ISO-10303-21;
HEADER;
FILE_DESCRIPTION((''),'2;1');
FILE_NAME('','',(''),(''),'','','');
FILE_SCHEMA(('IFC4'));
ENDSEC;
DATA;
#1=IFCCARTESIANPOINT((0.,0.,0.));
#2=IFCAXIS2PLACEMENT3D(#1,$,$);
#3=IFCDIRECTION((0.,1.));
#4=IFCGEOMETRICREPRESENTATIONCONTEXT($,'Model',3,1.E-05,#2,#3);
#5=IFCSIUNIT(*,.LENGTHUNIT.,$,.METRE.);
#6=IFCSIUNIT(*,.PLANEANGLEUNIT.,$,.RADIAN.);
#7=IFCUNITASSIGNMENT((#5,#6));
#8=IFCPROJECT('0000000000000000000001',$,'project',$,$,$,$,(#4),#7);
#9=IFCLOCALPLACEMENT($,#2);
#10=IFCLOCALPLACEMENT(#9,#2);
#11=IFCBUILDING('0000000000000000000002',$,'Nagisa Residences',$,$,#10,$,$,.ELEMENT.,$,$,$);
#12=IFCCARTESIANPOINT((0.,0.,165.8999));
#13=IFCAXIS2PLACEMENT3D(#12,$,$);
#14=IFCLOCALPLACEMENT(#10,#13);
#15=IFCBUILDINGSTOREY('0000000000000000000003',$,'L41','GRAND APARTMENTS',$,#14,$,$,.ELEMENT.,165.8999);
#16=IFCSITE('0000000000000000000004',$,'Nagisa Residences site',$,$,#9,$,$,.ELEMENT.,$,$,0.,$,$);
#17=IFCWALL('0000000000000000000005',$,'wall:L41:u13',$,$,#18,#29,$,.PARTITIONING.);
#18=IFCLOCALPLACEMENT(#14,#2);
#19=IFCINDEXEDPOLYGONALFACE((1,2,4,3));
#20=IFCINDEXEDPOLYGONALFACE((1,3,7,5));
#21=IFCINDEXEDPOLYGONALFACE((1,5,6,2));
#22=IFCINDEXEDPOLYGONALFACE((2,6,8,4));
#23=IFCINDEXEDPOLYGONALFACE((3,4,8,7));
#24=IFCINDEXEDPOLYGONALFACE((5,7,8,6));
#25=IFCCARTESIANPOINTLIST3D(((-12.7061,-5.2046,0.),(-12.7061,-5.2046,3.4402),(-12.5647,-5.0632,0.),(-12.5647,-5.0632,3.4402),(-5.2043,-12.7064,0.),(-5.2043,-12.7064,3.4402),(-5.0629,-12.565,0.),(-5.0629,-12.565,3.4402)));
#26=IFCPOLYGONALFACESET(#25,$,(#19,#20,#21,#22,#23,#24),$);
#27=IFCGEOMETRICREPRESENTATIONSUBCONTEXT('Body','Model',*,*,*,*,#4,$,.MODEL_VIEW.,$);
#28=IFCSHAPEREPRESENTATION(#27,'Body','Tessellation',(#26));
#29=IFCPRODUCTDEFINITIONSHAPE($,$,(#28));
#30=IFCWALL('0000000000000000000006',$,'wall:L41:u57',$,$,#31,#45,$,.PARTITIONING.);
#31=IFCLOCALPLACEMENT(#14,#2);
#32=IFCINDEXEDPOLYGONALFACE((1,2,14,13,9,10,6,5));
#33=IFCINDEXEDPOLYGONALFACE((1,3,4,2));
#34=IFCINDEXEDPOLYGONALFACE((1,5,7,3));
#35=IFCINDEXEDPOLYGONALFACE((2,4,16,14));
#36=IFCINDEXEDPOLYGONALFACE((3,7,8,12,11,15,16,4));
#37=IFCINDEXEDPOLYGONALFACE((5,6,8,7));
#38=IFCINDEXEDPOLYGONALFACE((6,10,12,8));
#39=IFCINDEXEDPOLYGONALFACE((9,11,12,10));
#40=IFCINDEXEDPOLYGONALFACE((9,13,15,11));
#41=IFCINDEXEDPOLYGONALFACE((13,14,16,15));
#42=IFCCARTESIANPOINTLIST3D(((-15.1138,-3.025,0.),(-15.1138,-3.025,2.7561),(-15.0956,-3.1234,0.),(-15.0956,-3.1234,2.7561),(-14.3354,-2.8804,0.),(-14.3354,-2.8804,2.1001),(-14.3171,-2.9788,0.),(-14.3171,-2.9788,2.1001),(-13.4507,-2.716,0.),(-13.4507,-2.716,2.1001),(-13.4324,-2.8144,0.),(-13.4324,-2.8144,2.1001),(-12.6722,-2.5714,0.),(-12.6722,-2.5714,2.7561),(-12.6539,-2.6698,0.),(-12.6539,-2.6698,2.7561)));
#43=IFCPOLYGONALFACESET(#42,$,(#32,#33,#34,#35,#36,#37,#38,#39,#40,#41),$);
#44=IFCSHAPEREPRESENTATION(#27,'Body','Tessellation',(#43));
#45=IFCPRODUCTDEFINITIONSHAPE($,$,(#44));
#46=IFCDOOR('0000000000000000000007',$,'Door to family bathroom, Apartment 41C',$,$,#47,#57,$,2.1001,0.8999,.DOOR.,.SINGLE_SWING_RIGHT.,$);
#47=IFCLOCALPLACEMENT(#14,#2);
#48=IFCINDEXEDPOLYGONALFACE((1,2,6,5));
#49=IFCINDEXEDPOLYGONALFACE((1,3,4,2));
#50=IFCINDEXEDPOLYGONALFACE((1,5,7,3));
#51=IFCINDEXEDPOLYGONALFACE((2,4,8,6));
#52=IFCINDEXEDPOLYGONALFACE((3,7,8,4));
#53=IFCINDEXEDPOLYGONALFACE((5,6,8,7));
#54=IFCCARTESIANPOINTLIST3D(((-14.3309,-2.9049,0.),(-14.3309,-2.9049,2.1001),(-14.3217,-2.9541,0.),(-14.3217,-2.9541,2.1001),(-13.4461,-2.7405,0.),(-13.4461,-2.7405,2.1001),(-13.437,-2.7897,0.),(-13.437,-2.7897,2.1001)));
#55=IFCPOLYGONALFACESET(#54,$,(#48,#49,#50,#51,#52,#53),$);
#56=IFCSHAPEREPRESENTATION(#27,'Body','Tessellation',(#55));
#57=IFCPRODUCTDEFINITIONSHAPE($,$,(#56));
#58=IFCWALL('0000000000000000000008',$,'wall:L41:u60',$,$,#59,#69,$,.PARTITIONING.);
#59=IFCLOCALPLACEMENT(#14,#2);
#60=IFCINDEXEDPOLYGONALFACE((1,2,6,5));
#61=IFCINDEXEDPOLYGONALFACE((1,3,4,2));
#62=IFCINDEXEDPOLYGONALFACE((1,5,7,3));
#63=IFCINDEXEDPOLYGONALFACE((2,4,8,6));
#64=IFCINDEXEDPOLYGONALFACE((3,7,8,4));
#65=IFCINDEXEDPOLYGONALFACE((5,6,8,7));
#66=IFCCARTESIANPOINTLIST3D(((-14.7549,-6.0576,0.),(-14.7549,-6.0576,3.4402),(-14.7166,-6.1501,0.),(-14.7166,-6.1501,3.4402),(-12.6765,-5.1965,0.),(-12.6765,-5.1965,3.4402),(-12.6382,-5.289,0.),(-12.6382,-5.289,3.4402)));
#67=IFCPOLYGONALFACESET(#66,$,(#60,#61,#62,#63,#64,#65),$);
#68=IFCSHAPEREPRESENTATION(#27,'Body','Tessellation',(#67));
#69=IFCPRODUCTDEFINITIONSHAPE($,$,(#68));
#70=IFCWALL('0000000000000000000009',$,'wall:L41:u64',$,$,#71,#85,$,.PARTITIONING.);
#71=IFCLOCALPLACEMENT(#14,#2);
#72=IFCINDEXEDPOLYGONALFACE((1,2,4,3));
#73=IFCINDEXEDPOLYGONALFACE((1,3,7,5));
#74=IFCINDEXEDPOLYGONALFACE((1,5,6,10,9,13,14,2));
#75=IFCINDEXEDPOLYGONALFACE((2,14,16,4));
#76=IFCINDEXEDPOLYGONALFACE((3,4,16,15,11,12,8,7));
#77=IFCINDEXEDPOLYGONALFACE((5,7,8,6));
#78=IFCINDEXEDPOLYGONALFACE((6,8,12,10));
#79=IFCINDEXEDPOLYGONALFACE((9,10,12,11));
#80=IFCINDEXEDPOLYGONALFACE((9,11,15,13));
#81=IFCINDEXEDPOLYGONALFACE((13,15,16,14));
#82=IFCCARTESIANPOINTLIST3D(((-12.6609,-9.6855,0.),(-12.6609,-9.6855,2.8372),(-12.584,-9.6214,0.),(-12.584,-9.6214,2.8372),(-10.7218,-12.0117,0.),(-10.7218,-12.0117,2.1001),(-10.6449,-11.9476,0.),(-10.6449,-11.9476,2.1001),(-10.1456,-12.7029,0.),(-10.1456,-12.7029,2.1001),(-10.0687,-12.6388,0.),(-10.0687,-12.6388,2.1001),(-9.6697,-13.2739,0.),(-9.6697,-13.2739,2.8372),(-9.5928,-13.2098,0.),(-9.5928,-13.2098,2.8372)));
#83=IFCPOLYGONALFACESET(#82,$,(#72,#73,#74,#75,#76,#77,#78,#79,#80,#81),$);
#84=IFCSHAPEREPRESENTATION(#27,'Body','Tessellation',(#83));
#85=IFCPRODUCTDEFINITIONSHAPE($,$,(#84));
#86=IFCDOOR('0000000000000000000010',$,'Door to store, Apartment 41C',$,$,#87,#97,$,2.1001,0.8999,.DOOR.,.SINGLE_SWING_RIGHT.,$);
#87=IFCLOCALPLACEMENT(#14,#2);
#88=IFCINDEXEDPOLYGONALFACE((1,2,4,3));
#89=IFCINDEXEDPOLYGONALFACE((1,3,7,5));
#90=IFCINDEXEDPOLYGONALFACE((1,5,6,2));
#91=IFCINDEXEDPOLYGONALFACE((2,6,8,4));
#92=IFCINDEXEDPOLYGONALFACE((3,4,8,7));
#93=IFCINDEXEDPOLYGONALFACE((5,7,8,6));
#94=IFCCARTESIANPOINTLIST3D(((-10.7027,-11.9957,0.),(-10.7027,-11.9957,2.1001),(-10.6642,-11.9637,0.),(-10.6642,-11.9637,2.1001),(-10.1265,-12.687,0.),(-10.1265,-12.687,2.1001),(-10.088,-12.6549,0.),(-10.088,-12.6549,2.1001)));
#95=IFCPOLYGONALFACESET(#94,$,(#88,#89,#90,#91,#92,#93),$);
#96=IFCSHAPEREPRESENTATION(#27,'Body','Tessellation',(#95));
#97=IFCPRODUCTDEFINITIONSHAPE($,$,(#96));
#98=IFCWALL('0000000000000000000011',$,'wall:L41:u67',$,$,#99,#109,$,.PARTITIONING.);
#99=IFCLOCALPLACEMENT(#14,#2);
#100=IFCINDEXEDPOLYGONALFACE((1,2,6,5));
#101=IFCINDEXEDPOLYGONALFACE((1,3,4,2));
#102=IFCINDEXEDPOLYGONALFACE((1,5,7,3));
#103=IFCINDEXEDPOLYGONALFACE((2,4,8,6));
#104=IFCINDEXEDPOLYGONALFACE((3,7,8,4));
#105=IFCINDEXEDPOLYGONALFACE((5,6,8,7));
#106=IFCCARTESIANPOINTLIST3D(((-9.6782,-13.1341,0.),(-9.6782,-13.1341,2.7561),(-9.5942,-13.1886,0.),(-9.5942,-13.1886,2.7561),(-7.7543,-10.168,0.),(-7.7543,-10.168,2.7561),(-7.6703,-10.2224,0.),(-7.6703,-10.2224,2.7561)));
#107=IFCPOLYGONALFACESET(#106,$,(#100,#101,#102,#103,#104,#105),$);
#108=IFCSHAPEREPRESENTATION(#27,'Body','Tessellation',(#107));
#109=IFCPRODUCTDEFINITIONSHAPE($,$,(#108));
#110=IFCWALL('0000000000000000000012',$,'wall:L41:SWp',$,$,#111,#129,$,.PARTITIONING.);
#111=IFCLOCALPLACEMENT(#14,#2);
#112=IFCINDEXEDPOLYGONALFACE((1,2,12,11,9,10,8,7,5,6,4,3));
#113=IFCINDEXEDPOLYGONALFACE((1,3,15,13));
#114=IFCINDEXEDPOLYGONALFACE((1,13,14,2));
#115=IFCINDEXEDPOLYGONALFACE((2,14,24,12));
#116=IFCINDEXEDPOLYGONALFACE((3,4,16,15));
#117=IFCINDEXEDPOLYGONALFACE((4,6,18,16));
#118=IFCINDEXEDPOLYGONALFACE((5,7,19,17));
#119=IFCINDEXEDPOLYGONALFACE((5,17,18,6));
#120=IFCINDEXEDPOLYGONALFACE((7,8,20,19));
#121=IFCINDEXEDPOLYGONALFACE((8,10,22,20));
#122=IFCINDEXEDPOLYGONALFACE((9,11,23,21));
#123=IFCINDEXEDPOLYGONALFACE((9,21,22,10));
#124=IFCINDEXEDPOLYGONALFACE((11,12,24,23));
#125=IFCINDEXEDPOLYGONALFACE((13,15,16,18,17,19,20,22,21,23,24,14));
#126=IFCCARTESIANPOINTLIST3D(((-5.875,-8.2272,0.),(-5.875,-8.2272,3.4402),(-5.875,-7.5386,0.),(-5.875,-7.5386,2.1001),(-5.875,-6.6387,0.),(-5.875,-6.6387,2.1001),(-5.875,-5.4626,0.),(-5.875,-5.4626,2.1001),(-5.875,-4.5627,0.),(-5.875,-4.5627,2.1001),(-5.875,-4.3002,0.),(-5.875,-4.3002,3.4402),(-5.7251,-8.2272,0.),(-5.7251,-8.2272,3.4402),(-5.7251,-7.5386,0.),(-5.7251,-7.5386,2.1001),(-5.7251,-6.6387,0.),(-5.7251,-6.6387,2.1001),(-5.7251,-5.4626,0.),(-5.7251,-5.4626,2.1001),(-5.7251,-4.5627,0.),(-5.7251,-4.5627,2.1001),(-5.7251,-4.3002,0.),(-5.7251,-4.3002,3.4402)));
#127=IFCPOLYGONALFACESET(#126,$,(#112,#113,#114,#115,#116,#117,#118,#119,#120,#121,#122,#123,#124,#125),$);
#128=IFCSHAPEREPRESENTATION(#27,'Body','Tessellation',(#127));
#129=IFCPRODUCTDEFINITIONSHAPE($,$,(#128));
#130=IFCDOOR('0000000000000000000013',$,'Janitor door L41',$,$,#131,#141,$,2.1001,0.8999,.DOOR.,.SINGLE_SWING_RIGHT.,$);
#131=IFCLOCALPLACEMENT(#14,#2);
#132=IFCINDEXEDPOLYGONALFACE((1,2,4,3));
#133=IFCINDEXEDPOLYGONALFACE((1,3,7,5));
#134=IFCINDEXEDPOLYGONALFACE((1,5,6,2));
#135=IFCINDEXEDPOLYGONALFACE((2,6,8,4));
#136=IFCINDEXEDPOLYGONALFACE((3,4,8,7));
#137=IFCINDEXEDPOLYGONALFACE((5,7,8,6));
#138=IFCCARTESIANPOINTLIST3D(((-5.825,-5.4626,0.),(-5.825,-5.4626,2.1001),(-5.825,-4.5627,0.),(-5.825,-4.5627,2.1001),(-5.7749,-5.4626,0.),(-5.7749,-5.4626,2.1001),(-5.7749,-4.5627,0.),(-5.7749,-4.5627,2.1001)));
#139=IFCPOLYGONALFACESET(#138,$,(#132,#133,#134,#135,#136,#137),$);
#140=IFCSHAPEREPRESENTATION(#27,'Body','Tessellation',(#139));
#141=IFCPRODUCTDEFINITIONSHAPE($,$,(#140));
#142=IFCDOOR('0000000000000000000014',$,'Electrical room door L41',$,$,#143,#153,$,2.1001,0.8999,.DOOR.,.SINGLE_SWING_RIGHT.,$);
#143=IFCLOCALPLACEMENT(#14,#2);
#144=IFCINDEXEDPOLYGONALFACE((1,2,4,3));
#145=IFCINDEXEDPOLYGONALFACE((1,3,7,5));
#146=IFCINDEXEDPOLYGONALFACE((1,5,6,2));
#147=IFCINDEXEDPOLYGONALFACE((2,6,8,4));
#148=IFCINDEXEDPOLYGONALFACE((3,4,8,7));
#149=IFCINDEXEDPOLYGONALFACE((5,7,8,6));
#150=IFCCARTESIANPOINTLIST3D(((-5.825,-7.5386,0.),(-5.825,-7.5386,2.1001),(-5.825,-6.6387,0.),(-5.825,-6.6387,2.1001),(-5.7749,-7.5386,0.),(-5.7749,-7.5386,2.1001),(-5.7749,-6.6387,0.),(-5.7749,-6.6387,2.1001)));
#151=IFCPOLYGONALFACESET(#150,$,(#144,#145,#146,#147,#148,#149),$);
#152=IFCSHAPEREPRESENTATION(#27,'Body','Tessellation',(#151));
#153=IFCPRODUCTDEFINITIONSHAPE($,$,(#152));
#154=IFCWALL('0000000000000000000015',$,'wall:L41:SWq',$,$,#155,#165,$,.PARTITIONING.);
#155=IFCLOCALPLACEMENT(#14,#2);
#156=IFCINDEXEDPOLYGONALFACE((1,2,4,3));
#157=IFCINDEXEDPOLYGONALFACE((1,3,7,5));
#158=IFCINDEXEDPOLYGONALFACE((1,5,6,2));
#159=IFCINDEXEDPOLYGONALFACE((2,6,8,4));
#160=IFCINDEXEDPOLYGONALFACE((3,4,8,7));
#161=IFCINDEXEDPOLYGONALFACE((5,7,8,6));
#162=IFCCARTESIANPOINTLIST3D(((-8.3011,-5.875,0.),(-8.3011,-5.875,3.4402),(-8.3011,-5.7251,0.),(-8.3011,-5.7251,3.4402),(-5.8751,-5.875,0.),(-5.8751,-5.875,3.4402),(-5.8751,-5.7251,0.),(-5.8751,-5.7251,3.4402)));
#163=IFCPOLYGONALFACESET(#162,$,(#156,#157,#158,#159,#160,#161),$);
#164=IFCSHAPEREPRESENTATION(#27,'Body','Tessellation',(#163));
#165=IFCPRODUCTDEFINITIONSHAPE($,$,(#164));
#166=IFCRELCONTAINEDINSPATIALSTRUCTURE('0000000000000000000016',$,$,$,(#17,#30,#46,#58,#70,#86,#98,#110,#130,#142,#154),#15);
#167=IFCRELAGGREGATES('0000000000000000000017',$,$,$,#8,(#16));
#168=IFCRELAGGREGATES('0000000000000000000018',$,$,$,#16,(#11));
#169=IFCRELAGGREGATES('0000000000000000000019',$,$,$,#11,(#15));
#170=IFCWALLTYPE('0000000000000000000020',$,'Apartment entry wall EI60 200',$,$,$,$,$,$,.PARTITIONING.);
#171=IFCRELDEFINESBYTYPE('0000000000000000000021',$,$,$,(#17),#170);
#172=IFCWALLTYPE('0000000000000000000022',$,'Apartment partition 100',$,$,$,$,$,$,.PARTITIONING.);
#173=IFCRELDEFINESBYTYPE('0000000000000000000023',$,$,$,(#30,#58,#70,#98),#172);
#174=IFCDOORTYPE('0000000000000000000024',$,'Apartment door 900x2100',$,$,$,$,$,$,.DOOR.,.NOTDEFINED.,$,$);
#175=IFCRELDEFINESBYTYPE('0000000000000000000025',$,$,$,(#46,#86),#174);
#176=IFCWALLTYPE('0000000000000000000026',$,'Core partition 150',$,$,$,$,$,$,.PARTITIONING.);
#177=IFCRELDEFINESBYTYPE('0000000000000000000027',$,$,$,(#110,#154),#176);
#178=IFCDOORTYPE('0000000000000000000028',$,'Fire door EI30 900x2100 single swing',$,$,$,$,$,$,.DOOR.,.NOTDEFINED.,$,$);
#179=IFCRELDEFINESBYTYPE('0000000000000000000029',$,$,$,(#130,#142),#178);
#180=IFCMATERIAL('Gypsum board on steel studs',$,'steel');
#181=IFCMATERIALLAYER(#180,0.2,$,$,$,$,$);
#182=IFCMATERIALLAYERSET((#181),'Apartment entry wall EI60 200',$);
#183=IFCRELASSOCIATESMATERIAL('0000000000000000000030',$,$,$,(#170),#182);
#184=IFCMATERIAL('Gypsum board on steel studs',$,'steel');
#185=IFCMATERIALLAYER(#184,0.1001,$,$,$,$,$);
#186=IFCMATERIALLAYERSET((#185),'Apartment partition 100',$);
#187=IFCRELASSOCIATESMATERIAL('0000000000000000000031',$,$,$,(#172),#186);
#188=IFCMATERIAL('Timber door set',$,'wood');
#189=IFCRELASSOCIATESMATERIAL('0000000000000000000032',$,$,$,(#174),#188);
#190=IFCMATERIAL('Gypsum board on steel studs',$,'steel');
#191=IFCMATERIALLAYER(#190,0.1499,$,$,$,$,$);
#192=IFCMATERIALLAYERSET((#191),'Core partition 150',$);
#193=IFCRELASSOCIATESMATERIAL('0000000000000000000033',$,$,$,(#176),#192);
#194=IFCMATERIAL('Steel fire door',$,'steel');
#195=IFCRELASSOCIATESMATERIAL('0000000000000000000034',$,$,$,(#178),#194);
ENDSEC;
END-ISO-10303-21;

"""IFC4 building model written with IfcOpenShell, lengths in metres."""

from ifc_helpers import new_model, si_unit, direction, frame, frame_2d, origin, place, context, subcontext, project, spatial, rectangle, extrude, material, layer, layer_set, type_object, element, fill, save


model = new_model("IFC4")

# Units and contexts
model_context = context("Model", 3, precision=1e-05, world=origin(), true_north=direction((0.0, 1.0)))
body_context = subcontext(model_context, "Body", "Model", "MODEL_VIEW")
ifc_project = project(units=[si_unit("LENGTHUNIT", "METRE"), si_unit("PLANEANGLEUNIT", "RADIAN")], contexts=[model_context])

# Site, building, storey
site_placement = place(None, origin())
site = spatial("IfcSite", under=ifc_project, at=site_placement, Name="Nagisa Residences site", CompositionType="ELEMENT", RefElevation=0.0)
building_placement = place(site_placement, origin())
building = spatial("IfcBuilding", under=site, at=building_placement, Name="Nagisa Residences", CompositionType="ELEMENT")
storey_placement = place(building_placement, frame((0.0, 0.0, 165.8999)))
storey = spatial("IfcBuildingStorey", under=building, at=storey_placement, Name="L41", Description="GRAND APARTMENTS", CompositionType="ELEMENT", Elevation=165.8999)

# Wall
ifc_material_1 = material(Name="Gypsum board on steel studs", Category="steel")
ifc_layer_1 = layer(ifc_material_1, 0.2)
ifc_layer_set_1 = layer_set([ifc_layer_1], Name="Apartment entry wall EI60 200")
wall_type_1 = type_object("IfcWallType", Name="Apartment entry wall EI60 200", PredefinedType="PARTITIONING", material=ifc_layer_set_1)
wall_1_placement = place(storey_placement, frame((-12.6355, -5.1338, 0.0), z_axis=(0.0, 0.0, 1.0), x_axis=(0.707107, -0.707107, 0.0)))
element("IfcWall", 1, at=wall_1_placement, inside=storey, type_object=wall_type_1, Name="wall:L41:u13", PredefinedType="PARTITIONING", context=body_context, shape_type="SweptSolid", body=[
    extrude(rectangle(XDim=10.6091, YDim=0.2, at=frame_2d((5.3047, 0.0))), origin(), (0.0, 0.0, 1.0), 3.4402),
])

# Wall, opening, door
ifc_material_2 = material(Name="Gypsum board on steel studs", Category="steel")
ifc_layer_2 = layer(ifc_material_2, 0.1001)
ifc_layer_set_2 = layer_set([ifc_layer_2], Name="Apartment partition 100")
wall_type_2 = type_object("IfcWallType", Name="Apartment partition 100", PredefinedType="PARTITIONING", material=ifc_layer_set_2)
wall_2_placement = place(storey_placement, frame((-12.6631, -2.6206, 0.0), z_axis=(0.0, 0.0, 1.0), x_axis=(-0.983177, -0.182656, 0.0)))
wall_2 = element("IfcWall", 2, at=wall_2_placement, inside=storey, type_object=wall_type_2, Name="wall:L41:u57", PredefinedType="PARTITIONING", context=body_context, shape_type="SweptSolid", body=[
    extrude(rectangle(XDim=2.4834, YDim=0.1001, at=frame_2d((1.2417, 0.0))), origin(), (0.0, 0.0, 1.0), 2.7561),
])
opening_1_placement = place(wall_2_placement, frame((0.7917, 0.0, 0.0)))
opening_1 = element("IfcOpeningElement", 3, at=opening_1_placement, cuts=wall_2, PredefinedType="OPENING", context=body_context, shape_type="SweptSolid", body=[
    extrude(rectangle(XDim=0.8999, YDim=2.1001, at=frame_2d((0.45, 1.05))), frame((0.0, 0.0601, 0.0), z_axis=(0.0, -1.0, 0.0), x_axis=(1.0, 0.0, 0.0)), (0.0, 0.0, 1.0), 0.1201),
])
ifc_material_3 = material(Name="Timber door set", Category="wood")
door_type_1 = type_object("IfcDoorType", Name="Apartment door 900x2100", OperationType="NOTDEFINED", PredefinedType="DOOR", material=ifc_material_3)
door_1_placement = place(opening_1_placement, origin())
door_1 = element("IfcDoor", 4, at=door_1_placement, inside=storey, type_object=door_type_1, Name="Door to family bathroom, Apartment 41C", OperationType="SINGLE_SWING_RIGHT", OverallHeight=2.1001, OverallWidth=0.8999, PredefinedType="DOOR", context=body_context, shape_type="SweptSolid", body=[
    extrude(rectangle(XDim=0.8999, YDim=2.1001, at=frame_2d((0.45, 1.05))), frame((0.0, 0.0249, 0.0), z_axis=(0.0, -1.0, 0.0), x_axis=(1.0, 0.0, 0.0)), (0.0, 0.0, 1.0), 0.05),
])
fill(opening_1, door_1)

# Wall
wall_3_placement = place(storey_placement, frame((-12.6572, -5.2427, 0.0), z_axis=(0.0, 0.0, 1.0), x_axis=(-0.923849, -0.382758, 0.0)))
element("IfcWall", 5, at=wall_3_placement, inside=storey, type_object=wall_type_2, Name="wall:L41:u60", PredefinedType="PARTITIONING", context=body_context, shape_type="SweptSolid", body=[
    extrude(rectangle(XDim=2.2498, YDim=0.1001, at=frame_2d((1.125, 0.0))), origin(), (0.0, 0.0, 1.0), 3.4402),
])

# Wall, opening, door
wall_4_placement = place(storey_placement, frame((-12.6226, -9.6533, 0.0), z_axis=(0.0, 0.0, 1.0), x_axis=(0.640297, -0.768127, 0.0)))
wall_4 = element("IfcWall", 6, at=wall_4_placement, inside=storey, type_object=wall_type_2, Name="wall:L41:u64", PredefinedType="PARTITIONING", context=body_context, shape_type="SweptSolid", body=[
    extrude(rectangle(XDim=4.6716, YDim=0.1001, at=frame_2d((2.3359, 0.0))), origin(), (0.0, 0.0, 1.0), 2.8372),
])
opening_2_placement = place(wall_4_placement, frame((3.0286, 0.0, 0.0)))
opening_2 = element("IfcOpeningElement", 7, at=opening_2_placement, cuts=wall_4, PredefinedType="OPENING", context=body_context, shape_type="SweptSolid", body=[
    extrude(rectangle(XDim=0.8999, YDim=2.1001, at=frame_2d((0.45, 1.05))), frame((0.0, 0.0601, 0.0), z_axis=(0.0, -1.0, 0.0), x_axis=(1.0, 0.0, 0.0)), (0.0, 0.0, 1.0), 0.1201),
])
door_2_placement = place(opening_2_placement, origin())
door_2 = element("IfcDoor", 8, at=door_2_placement, inside=storey, type_object=door_type_1, Name="Door to store, Apartment 41C", OperationType="SINGLE_SWING_RIGHT", OverallHeight=2.1001, OverallWidth=0.8999, PredefinedType="DOOR", context=body_context, shape_type="SweptSolid", body=[
    extrude(rectangle(XDim=0.8999, YDim=2.1001, at=frame_2d((0.45, 1.05))), frame((0.0, 0.0249, 0.0), z_axis=(0.0, -1.0, 0.0), x_axis=(1.0, 0.0, 0.0)), (0.0, 0.0, 1.0), 0.05),
])
fill(opening_2, door_2)

# Wall
wall_5_placement = place(storey_placement, frame((-7.7124, -10.1953, 0.0), z_axis=(0.0, 0.0, 1.0), x_axis=(-0.54417, -0.838975, 0.0)))
element("IfcWall", 9, at=wall_5_placement, inside=storey, type_object=wall_type_2, Name="wall:L41:u67", PredefinedType="PARTITIONING", context=body_context, shape_type="SweptSolid", body=[
    extrude(rectangle(XDim=3.5354, YDim=0.1001, at=frame_2d((1.7676, 0.0))), origin(), (0.0, 0.0, 1.0), 2.7561),
])

# Wall, openings, doors
ifc_material_4 = material(Name="Gypsum board on steel studs", Category="steel")
ifc_layer_3 = layer(ifc_material_4, 0.1499)
ifc_layer_set_3 = layer_set([ifc_layer_3], Name="Core partition 150")
wall_type_3 = type_object("IfcWallType", Name="Core partition 150", PredefinedType="PARTITIONING", material=ifc_layer_set_3)
wall_6_placement = place(storey_placement, frame((-5.8, -8.2271, 0.0), z_axis=(0.0, 0.0, 1.0), x_axis=(0.0, 1.0, 0.0)))
wall_6 = element("IfcWall", 10, at=wall_6_placement, inside=storey, type_object=wall_type_3, Name="wall:L41:SWp", PredefinedType="PARTITIONING", context=body_context, shape_type="SweptSolid", body=[
    extrude(rectangle(XDim=3.927, YDim=0.1499, at=frame_2d((1.9634, 0.0))), origin(), (0.0, 0.0, 1.0), 3.4402),
])
opening_3_placement = place(wall_6_placement, frame((2.7644, 0.0, 0.0)))
opening_3 = element("IfcOpeningElement", 11, at=opening_3_placement, cuts=wall_6, PredefinedType="OPENING", context=body_context, shape_type="SweptSolid", body=[
    extrude(rectangle(XDim=0.8999, YDim=2.1001, at=frame_2d((0.45, 1.05))), frame((0.0, 0.085, 0.0), z_axis=(0.0, -1.0, 0.0), x_axis=(1.0, 0.0, 0.0)), (0.0, 0.0, 1.0), 0.1699),
])
opening_4_placement = place(wall_6_placement, frame((0.6885, 0.0, 0.0)))
opening_4 = element("IfcOpeningElement", 12, at=opening_4_placement, cuts=wall_6, PredefinedType="OPENING", context=body_context, shape_type="SweptSolid", body=[
    extrude(rectangle(XDim=0.8999, YDim=2.1001, at=frame_2d((0.45, 1.05))), frame((0.0, 0.085, 0.0), z_axis=(0.0, -1.0, 0.0), x_axis=(1.0, 0.0, 0.0)), (0.0, 0.0, 1.0), 0.1699),
])
ifc_material_5 = material(Name="Steel fire door", Category="steel")
door_type_2 = type_object("IfcDoorType", Name="Fire door EI30 900x2100 single swing", OperationType="NOTDEFINED", PredefinedType="DOOR", material=ifc_material_5)
door_3_placement = place(opening_3_placement, origin())
door_3 = element("IfcDoor", 13, at=door_3_placement, inside=storey, type_object=door_type_2, Name="Janitor door L41", OperationType="SINGLE_SWING_RIGHT", OverallHeight=2.1001, OverallWidth=0.8999, PredefinedType="DOOR", context=body_context, shape_type="SweptSolid", body=[
    extrude(rectangle(XDim=0.8999, YDim=2.1001, at=frame_2d((0.45, 1.05))), frame((0.0, 0.0249, 0.0), z_axis=(0.0, -1.0, 0.0), x_axis=(1.0, 0.0, 0.0)), (0.0, 0.0, 1.0), 0.05),
])
fill(opening_3, door_3)
door_4_placement = place(opening_4_placement, origin())
door_4 = element("IfcDoor", 14, at=door_4_placement, inside=storey, type_object=door_type_2, Name="Electrical room door L41", OperationType="SINGLE_SWING_RIGHT", OverallHeight=2.1001, OverallWidth=0.8999, PredefinedType="DOOR", context=body_context, shape_type="SweptSolid", body=[
    extrude(rectangle(XDim=0.8999, YDim=2.1001, at=frame_2d((0.45, 1.05))), frame((0.0, 0.0249, 0.0), z_axis=(0.0, -1.0, 0.0), x_axis=(1.0, 0.0, 0.0)), (0.0, 0.0, 1.0), 0.05),
])
fill(opening_4, door_4)

# Wall
wall_7_placement = place(storey_placement, frame((-8.301, -5.8, 0.0), z_axis=(0.0, 0.0, 1.0), x_axis=(1.0, 0.0, 0.0)))
element("IfcWall", 15, at=wall_7_placement, inside=storey, type_object=wall_type_3, Name="wall:L41:SWq", PredefinedType="PARTITIONING", context=body_context, shape_type="SweptSolid", body=[
    extrude(rectangle(XDim=2.426, YDim=0.1499, at=frame_2d((1.2129, 0.0))), origin(), (0.0, 0.0, 1.0), 3.4402),
])

save(model, "model.ifc")
